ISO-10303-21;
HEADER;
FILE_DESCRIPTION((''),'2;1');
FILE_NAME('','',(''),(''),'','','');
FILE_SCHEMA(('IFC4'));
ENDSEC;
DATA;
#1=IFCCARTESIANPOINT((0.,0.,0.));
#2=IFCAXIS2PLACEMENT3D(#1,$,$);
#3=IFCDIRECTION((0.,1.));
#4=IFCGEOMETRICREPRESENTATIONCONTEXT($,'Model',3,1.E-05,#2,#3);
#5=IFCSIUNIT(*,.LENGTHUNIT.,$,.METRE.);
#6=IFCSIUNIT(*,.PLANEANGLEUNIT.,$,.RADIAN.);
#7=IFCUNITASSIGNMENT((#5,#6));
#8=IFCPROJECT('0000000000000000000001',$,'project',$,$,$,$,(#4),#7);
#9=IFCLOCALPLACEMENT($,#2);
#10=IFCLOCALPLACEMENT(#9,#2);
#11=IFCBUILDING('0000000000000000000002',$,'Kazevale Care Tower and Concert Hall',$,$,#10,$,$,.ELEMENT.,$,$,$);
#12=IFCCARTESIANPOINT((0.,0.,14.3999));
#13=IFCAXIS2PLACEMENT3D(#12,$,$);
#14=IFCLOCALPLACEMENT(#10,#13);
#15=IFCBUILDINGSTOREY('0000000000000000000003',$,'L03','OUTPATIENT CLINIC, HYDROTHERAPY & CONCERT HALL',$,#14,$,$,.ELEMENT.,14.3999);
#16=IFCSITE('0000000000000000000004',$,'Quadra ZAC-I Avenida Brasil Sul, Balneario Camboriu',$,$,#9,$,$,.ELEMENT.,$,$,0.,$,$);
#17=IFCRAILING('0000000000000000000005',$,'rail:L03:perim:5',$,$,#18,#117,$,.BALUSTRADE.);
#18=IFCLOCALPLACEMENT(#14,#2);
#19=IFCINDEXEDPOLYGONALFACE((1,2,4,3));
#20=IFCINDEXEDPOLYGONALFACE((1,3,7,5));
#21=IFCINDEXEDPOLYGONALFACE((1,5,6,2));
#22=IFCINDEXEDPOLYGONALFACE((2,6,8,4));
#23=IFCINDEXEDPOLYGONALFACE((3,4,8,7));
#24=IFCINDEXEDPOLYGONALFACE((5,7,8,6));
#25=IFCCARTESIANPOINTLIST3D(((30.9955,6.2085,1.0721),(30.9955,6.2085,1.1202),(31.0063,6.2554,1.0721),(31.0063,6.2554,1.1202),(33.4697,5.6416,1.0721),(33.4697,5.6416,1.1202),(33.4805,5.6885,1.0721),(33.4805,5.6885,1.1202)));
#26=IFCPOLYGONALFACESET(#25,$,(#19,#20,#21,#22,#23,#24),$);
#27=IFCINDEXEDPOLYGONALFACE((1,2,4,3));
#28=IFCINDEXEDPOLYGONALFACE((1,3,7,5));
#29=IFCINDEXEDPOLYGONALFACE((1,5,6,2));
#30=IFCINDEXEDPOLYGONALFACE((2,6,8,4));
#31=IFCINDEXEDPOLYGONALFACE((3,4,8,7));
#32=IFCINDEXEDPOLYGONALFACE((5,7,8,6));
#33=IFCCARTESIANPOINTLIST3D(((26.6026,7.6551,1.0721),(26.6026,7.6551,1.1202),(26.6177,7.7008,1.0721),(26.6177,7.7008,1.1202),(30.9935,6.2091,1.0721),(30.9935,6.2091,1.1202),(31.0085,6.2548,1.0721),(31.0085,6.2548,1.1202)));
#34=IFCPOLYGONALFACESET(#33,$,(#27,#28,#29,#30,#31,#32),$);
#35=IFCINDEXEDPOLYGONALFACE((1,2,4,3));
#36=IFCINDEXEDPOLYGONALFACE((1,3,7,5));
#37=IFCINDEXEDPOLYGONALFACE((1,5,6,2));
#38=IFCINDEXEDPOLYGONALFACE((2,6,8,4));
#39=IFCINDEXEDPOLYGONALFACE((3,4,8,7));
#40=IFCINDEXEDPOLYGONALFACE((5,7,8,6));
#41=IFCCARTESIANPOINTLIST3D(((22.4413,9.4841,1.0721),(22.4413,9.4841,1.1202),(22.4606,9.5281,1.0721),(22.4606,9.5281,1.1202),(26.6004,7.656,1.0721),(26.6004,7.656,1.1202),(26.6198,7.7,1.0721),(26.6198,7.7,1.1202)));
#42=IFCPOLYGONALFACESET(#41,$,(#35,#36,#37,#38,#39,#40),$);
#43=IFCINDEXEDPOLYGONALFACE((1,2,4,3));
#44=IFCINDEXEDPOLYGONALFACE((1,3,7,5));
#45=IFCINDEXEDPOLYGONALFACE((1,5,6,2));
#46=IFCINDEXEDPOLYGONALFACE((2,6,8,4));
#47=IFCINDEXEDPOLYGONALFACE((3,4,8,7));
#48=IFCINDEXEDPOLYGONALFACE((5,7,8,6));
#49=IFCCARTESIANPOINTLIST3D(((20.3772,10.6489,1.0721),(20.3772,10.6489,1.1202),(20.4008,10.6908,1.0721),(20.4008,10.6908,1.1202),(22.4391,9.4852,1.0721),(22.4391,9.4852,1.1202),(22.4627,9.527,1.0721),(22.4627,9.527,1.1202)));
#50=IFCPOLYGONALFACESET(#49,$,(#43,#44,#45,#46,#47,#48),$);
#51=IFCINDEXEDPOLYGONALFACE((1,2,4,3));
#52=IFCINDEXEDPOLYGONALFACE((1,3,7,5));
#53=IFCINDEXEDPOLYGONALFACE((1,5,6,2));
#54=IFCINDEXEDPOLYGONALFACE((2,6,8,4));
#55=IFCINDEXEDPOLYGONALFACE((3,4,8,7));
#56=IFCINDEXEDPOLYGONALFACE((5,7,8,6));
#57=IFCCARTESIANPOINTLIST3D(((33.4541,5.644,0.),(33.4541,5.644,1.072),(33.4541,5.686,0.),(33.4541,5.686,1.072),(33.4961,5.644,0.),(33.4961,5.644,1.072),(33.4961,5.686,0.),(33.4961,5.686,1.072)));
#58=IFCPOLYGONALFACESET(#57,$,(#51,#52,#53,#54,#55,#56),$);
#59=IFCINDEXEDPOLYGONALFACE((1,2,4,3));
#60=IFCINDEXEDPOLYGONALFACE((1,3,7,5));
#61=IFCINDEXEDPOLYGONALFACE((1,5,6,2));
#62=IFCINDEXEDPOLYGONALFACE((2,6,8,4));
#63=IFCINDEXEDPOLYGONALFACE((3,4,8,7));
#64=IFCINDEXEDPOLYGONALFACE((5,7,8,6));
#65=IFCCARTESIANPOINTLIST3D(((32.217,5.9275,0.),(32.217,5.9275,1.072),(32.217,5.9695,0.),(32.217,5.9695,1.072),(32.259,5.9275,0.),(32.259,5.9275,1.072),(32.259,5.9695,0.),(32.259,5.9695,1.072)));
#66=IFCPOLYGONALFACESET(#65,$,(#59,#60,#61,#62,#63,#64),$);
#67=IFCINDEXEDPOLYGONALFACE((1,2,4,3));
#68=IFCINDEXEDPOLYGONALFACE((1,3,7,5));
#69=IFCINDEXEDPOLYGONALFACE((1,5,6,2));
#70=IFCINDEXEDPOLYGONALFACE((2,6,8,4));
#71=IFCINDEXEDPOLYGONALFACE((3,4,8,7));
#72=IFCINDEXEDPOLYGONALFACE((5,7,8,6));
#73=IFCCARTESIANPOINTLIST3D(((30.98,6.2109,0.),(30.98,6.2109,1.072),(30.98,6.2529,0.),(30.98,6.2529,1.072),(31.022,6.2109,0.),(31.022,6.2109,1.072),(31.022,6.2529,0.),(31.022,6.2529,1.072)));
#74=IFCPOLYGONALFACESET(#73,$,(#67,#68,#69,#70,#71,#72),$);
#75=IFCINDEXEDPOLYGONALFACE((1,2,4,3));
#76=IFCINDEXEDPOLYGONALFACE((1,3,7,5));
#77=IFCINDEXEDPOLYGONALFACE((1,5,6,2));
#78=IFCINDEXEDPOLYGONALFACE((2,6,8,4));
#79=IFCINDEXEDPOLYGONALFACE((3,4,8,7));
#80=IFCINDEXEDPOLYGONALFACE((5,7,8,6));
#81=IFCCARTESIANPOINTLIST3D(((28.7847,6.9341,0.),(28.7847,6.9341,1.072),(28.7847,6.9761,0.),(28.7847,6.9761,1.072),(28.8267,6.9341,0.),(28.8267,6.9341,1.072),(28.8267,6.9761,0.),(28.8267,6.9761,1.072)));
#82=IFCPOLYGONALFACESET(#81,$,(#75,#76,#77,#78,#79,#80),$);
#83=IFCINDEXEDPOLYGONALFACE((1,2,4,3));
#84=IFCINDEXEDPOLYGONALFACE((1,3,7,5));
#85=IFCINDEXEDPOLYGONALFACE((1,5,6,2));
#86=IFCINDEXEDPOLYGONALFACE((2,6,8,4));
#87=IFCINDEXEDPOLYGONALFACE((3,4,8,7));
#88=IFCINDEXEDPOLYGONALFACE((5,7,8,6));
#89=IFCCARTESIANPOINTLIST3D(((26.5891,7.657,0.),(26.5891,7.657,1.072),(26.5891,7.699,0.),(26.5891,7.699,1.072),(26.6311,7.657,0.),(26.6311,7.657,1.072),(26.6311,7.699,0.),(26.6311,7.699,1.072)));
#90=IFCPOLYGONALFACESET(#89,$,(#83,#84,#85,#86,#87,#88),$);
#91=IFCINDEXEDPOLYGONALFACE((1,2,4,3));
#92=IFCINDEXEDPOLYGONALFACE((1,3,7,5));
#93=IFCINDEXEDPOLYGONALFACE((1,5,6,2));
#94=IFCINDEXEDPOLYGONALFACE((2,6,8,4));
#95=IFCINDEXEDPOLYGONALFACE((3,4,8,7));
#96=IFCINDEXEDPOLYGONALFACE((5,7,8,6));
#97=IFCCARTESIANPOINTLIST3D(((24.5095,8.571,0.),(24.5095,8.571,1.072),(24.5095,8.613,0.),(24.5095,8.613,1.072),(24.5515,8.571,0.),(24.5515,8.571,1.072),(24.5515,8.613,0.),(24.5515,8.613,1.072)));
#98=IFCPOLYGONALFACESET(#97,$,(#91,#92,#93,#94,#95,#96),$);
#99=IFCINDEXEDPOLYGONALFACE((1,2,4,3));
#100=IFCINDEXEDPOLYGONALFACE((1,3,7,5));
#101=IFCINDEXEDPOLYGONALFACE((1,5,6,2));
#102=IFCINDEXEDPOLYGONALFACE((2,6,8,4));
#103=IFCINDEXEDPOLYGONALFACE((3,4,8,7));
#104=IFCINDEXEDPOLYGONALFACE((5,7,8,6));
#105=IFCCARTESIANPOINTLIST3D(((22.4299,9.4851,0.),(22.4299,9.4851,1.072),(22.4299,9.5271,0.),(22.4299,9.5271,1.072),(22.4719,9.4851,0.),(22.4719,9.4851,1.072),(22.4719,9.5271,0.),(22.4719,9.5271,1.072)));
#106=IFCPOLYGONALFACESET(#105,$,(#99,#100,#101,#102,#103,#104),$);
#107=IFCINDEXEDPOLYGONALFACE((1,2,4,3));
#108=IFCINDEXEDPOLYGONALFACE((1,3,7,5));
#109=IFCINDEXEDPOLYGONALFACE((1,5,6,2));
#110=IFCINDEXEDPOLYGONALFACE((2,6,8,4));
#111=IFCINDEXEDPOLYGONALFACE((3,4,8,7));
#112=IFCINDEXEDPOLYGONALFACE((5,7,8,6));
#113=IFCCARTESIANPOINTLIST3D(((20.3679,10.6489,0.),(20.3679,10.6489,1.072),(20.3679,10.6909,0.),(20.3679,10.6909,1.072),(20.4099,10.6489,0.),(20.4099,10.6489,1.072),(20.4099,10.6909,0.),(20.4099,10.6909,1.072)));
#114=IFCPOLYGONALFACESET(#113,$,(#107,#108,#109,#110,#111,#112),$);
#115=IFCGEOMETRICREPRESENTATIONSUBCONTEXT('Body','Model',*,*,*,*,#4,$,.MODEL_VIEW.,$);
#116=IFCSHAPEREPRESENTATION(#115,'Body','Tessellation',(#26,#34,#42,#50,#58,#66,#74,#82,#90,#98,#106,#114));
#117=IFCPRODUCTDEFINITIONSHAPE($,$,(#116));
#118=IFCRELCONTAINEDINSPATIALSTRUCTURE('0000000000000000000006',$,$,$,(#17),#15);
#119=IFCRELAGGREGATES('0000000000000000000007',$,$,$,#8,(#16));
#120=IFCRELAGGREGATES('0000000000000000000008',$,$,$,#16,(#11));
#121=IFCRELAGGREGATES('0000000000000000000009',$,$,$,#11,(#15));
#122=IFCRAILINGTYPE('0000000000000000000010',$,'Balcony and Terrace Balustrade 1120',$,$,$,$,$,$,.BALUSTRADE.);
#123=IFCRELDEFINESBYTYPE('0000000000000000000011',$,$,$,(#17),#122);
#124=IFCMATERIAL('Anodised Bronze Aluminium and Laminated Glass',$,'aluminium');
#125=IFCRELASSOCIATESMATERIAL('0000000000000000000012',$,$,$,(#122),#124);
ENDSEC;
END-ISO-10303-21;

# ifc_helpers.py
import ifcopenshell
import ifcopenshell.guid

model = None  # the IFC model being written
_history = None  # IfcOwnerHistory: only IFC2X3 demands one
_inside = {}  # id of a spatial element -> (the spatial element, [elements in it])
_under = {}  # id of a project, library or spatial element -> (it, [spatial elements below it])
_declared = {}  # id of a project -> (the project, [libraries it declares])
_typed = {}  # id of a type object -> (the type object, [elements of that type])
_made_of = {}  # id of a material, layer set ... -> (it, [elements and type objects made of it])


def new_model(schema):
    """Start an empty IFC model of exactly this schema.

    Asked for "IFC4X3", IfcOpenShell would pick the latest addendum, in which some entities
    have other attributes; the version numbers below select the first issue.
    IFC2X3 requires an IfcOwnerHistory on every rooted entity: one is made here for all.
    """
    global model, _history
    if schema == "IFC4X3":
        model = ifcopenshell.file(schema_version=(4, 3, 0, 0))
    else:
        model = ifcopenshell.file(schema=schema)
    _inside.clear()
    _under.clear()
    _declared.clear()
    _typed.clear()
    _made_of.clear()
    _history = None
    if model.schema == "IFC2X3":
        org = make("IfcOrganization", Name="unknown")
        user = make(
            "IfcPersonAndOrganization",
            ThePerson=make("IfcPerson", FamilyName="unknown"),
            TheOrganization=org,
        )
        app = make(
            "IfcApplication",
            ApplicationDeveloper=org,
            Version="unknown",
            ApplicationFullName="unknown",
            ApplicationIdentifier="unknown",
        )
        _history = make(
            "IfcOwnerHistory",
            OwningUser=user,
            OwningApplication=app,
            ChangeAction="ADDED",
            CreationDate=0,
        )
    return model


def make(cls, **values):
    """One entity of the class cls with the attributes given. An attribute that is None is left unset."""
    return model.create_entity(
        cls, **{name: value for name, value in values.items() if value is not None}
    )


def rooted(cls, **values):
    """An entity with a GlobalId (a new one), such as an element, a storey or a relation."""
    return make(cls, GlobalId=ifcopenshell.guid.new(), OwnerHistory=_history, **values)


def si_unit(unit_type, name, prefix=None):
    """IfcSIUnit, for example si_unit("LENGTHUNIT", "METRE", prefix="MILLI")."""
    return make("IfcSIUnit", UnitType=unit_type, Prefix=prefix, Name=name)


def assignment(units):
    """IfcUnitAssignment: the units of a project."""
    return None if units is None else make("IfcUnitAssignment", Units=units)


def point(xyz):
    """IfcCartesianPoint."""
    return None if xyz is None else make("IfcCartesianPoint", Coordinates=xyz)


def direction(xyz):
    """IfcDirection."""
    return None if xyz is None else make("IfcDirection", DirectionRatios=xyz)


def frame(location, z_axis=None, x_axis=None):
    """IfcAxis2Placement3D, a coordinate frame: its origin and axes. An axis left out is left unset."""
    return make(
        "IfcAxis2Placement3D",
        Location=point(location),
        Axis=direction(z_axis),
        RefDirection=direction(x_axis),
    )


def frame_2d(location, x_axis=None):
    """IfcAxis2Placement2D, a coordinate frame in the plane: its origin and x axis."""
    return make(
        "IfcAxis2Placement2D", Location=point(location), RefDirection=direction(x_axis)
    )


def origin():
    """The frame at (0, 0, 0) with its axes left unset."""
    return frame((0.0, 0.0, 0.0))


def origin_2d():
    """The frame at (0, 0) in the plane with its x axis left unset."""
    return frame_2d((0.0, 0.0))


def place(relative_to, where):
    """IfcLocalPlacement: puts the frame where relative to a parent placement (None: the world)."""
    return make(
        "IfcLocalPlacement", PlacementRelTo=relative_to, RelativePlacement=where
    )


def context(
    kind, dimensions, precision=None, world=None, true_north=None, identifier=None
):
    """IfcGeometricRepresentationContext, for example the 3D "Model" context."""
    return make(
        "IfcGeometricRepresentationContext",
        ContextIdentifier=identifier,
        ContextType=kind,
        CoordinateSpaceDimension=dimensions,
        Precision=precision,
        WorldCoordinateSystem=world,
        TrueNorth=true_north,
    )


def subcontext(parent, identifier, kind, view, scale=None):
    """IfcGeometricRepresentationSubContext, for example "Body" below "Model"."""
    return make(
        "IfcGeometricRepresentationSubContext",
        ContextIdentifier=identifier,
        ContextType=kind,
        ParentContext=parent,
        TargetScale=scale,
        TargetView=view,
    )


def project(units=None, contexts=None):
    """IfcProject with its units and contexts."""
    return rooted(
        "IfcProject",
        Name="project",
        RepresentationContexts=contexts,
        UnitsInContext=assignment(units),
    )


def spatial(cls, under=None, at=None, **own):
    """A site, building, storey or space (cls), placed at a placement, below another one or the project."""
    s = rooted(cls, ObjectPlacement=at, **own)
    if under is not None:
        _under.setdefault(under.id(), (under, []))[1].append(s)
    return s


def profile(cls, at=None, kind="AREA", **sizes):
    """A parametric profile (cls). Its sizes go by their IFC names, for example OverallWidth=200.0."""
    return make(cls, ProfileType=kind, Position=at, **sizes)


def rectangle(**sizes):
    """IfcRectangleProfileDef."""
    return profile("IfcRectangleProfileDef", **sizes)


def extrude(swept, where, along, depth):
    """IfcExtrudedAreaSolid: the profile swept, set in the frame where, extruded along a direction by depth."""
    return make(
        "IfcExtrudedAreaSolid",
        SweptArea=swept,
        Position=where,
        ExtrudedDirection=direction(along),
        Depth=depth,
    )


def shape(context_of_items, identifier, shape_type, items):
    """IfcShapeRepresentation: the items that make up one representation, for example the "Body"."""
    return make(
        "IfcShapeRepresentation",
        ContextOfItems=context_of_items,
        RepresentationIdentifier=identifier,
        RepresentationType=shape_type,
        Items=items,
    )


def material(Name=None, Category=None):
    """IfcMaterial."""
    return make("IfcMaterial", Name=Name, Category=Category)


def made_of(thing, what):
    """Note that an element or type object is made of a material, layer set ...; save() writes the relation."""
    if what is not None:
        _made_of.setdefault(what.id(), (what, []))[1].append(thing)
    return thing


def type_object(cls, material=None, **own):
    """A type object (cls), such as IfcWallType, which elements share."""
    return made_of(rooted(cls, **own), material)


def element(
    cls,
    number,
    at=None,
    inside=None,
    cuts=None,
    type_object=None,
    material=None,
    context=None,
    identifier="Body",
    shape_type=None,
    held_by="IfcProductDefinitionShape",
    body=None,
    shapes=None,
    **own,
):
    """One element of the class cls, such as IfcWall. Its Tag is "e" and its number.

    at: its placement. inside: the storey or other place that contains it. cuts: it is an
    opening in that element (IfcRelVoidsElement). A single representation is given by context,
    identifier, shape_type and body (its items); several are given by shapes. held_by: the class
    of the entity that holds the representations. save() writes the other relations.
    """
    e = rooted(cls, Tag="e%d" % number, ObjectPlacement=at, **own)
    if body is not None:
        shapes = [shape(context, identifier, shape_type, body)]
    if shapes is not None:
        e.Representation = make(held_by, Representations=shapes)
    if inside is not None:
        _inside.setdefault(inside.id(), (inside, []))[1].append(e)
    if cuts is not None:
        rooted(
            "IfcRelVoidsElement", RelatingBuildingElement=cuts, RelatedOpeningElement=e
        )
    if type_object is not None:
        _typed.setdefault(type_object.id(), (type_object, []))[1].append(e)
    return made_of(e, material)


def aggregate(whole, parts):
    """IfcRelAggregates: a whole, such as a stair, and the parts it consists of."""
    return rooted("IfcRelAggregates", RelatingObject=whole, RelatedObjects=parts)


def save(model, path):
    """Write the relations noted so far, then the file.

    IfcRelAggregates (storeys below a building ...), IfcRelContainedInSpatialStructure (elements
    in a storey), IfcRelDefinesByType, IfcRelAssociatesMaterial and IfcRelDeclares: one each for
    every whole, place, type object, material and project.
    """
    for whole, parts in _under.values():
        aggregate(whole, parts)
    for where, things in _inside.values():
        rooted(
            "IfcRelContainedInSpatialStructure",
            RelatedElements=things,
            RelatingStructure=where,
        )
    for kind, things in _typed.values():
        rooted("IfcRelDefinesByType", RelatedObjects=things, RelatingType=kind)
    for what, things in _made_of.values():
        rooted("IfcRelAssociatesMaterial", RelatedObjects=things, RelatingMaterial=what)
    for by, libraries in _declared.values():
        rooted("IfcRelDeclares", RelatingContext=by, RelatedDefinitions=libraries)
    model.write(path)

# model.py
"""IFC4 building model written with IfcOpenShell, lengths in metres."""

from ifc_helpers import new_model, si_unit, direction, frame, origin, origin_2d, place, context, subcontext, project, spatial, rectangle, extrude, material, type_object, element, save


model = new_model("IFC4")

# Units and contexts
model_context = context("Model", 3, precision=1e-05, world=origin(), true_north=direction((0.0, 1.0)))
body_context = subcontext(model_context, "Body", "Model", "MODEL_VIEW")
ifc_project = project(units=[si_unit("LENGTHUNIT", "METRE"), si_unit("PLANEANGLEUNIT", "RADIAN")], contexts=[model_context])

# Site, building, storey
site_placement = place(None, origin())
site = spatial("IfcSite", under=ifc_project, at=site_placement, Name="Quadra ZAC-I Avenida Brasil Sul, Balneario Camboriu", CompositionType="ELEMENT", RefElevation=0.0)
building_placement = place(site_placement, origin())
building = spatial("IfcBuilding", under=site, at=building_placement, Name="Kazevale Care Tower and Concert Hall", CompositionType="ELEMENT")
storey_placement = place(building_placement, frame((0.0, 0.0, 14.3999)))
storey = spatial("IfcBuildingStorey", under=building, at=storey_placement, Name="L03", Description="OUTPATIENT CLINIC, HYDROTHERAPY & CONCERT HALL", CompositionType="ELEMENT", Elevation=14.3999)

# Railing
ifc_material_1 = material(Name="Anodised Bronze Aluminium and Laminated Glass", Category="aluminium")
railing_type = type_object("IfcRailingType", Name="Balcony and Terrace Balustrade 1120", PredefinedType="BALUSTRADE", material=ifc_material_1)
railing_placement = place(storey_placement, frame((33.4751, 5.665, 0.0)))
element("IfcRailing", 1, at=railing_placement, inside=storey, type_object=railing_type, Name="rail:L03:perim:5", PredefinedType="BALUSTRADE", context=body_context, shape_type="SweptSolid", body=[
    extrude(rectangle(XDim=0.0481, YDim=0.0481, at=origin_2d()), frame((0.0, 0.0, 1.0962), z_axis=(-0.97474, 0.223342, 0.0), x_axis=(-0.223342, -0.97474, 0.0)), (0.0, 0.0, 1.0), 2.5383),
    extrude(rectangle(XDim=0.0481, YDim=0.0481, at=origin_2d()), frame((-2.4741, 0.5669, 1.0962), z_axis=(-0.949818, 0.312804, 0.0), x_axis=(-0.312804, -0.949818, 0.0)), (0.0, 0.0, 1.0), 4.6228),
    extrude(rectangle(XDim=0.0481, YDim=0.0481, at=origin_2d()), frame((-6.865, 2.0129, 1.0962), z_axis=(-0.91547, 0.402386, 0.0), x_axis=(-0.402386, -0.91547, 0.0)), (0.0, 0.0, 1.0), 4.5432),
    extrude(rectangle(XDim=0.0481, YDim=0.0481, at=origin_2d()), frame((-11.0242, 3.8411, 1.0962), z_axis=(-0.870864, 0.491524, 0.0), x_axis=(-0.491524, -0.870864, 0.0)), (0.0, 0.0, 1.0), 2.3677),
    extrude(rectangle(XDim=0.042, YDim=0.042, at=origin_2d()), origin(), (0.0, 0.0, 1.0), 1.072),
    extrude(rectangle(XDim=0.042, YDim=0.042, at=origin_2d()), frame((-1.2371, 0.2834, 0.0)), (0.0, 0.0, 1.0), 1.072),
    extrude(rectangle(XDim=0.042, YDim=0.042, at=origin_2d()), frame((-2.4741, 0.5669, 0.0)), (0.0, 0.0, 1.0), 1.072),
    extrude(rectangle(XDim=0.042, YDim=0.042, at=origin_2d()), frame((-4.6694, 1.29, 0.0)), (0.0, 0.0, 1.0), 1.072),
    extrude(rectangle(XDim=0.042, YDim=0.042, at=origin_2d()), frame((-6.865, 2.0129, 0.0)), (0.0, 0.0, 1.0), 1.072),
    extrude(rectangle(XDim=0.042, YDim=0.042, at=origin_2d()), frame((-8.9446, 2.927, 0.0)), (0.0, 0.0, 1.0), 1.072),
    extrude(rectangle(XDim=0.042, YDim=0.042, at=origin_2d()), frame((-11.0242, 3.8411, 0.0)), (0.0, 0.0, 1.0), 1.072),
    extrude(rectangle(XDim=0.042, YDim=0.042, at=origin_2d()), frame((-13.0862, 5.0049, 0.0)), (0.0, 0.0, 1.0), 1.072),
])

save(model, "model.ifc")
